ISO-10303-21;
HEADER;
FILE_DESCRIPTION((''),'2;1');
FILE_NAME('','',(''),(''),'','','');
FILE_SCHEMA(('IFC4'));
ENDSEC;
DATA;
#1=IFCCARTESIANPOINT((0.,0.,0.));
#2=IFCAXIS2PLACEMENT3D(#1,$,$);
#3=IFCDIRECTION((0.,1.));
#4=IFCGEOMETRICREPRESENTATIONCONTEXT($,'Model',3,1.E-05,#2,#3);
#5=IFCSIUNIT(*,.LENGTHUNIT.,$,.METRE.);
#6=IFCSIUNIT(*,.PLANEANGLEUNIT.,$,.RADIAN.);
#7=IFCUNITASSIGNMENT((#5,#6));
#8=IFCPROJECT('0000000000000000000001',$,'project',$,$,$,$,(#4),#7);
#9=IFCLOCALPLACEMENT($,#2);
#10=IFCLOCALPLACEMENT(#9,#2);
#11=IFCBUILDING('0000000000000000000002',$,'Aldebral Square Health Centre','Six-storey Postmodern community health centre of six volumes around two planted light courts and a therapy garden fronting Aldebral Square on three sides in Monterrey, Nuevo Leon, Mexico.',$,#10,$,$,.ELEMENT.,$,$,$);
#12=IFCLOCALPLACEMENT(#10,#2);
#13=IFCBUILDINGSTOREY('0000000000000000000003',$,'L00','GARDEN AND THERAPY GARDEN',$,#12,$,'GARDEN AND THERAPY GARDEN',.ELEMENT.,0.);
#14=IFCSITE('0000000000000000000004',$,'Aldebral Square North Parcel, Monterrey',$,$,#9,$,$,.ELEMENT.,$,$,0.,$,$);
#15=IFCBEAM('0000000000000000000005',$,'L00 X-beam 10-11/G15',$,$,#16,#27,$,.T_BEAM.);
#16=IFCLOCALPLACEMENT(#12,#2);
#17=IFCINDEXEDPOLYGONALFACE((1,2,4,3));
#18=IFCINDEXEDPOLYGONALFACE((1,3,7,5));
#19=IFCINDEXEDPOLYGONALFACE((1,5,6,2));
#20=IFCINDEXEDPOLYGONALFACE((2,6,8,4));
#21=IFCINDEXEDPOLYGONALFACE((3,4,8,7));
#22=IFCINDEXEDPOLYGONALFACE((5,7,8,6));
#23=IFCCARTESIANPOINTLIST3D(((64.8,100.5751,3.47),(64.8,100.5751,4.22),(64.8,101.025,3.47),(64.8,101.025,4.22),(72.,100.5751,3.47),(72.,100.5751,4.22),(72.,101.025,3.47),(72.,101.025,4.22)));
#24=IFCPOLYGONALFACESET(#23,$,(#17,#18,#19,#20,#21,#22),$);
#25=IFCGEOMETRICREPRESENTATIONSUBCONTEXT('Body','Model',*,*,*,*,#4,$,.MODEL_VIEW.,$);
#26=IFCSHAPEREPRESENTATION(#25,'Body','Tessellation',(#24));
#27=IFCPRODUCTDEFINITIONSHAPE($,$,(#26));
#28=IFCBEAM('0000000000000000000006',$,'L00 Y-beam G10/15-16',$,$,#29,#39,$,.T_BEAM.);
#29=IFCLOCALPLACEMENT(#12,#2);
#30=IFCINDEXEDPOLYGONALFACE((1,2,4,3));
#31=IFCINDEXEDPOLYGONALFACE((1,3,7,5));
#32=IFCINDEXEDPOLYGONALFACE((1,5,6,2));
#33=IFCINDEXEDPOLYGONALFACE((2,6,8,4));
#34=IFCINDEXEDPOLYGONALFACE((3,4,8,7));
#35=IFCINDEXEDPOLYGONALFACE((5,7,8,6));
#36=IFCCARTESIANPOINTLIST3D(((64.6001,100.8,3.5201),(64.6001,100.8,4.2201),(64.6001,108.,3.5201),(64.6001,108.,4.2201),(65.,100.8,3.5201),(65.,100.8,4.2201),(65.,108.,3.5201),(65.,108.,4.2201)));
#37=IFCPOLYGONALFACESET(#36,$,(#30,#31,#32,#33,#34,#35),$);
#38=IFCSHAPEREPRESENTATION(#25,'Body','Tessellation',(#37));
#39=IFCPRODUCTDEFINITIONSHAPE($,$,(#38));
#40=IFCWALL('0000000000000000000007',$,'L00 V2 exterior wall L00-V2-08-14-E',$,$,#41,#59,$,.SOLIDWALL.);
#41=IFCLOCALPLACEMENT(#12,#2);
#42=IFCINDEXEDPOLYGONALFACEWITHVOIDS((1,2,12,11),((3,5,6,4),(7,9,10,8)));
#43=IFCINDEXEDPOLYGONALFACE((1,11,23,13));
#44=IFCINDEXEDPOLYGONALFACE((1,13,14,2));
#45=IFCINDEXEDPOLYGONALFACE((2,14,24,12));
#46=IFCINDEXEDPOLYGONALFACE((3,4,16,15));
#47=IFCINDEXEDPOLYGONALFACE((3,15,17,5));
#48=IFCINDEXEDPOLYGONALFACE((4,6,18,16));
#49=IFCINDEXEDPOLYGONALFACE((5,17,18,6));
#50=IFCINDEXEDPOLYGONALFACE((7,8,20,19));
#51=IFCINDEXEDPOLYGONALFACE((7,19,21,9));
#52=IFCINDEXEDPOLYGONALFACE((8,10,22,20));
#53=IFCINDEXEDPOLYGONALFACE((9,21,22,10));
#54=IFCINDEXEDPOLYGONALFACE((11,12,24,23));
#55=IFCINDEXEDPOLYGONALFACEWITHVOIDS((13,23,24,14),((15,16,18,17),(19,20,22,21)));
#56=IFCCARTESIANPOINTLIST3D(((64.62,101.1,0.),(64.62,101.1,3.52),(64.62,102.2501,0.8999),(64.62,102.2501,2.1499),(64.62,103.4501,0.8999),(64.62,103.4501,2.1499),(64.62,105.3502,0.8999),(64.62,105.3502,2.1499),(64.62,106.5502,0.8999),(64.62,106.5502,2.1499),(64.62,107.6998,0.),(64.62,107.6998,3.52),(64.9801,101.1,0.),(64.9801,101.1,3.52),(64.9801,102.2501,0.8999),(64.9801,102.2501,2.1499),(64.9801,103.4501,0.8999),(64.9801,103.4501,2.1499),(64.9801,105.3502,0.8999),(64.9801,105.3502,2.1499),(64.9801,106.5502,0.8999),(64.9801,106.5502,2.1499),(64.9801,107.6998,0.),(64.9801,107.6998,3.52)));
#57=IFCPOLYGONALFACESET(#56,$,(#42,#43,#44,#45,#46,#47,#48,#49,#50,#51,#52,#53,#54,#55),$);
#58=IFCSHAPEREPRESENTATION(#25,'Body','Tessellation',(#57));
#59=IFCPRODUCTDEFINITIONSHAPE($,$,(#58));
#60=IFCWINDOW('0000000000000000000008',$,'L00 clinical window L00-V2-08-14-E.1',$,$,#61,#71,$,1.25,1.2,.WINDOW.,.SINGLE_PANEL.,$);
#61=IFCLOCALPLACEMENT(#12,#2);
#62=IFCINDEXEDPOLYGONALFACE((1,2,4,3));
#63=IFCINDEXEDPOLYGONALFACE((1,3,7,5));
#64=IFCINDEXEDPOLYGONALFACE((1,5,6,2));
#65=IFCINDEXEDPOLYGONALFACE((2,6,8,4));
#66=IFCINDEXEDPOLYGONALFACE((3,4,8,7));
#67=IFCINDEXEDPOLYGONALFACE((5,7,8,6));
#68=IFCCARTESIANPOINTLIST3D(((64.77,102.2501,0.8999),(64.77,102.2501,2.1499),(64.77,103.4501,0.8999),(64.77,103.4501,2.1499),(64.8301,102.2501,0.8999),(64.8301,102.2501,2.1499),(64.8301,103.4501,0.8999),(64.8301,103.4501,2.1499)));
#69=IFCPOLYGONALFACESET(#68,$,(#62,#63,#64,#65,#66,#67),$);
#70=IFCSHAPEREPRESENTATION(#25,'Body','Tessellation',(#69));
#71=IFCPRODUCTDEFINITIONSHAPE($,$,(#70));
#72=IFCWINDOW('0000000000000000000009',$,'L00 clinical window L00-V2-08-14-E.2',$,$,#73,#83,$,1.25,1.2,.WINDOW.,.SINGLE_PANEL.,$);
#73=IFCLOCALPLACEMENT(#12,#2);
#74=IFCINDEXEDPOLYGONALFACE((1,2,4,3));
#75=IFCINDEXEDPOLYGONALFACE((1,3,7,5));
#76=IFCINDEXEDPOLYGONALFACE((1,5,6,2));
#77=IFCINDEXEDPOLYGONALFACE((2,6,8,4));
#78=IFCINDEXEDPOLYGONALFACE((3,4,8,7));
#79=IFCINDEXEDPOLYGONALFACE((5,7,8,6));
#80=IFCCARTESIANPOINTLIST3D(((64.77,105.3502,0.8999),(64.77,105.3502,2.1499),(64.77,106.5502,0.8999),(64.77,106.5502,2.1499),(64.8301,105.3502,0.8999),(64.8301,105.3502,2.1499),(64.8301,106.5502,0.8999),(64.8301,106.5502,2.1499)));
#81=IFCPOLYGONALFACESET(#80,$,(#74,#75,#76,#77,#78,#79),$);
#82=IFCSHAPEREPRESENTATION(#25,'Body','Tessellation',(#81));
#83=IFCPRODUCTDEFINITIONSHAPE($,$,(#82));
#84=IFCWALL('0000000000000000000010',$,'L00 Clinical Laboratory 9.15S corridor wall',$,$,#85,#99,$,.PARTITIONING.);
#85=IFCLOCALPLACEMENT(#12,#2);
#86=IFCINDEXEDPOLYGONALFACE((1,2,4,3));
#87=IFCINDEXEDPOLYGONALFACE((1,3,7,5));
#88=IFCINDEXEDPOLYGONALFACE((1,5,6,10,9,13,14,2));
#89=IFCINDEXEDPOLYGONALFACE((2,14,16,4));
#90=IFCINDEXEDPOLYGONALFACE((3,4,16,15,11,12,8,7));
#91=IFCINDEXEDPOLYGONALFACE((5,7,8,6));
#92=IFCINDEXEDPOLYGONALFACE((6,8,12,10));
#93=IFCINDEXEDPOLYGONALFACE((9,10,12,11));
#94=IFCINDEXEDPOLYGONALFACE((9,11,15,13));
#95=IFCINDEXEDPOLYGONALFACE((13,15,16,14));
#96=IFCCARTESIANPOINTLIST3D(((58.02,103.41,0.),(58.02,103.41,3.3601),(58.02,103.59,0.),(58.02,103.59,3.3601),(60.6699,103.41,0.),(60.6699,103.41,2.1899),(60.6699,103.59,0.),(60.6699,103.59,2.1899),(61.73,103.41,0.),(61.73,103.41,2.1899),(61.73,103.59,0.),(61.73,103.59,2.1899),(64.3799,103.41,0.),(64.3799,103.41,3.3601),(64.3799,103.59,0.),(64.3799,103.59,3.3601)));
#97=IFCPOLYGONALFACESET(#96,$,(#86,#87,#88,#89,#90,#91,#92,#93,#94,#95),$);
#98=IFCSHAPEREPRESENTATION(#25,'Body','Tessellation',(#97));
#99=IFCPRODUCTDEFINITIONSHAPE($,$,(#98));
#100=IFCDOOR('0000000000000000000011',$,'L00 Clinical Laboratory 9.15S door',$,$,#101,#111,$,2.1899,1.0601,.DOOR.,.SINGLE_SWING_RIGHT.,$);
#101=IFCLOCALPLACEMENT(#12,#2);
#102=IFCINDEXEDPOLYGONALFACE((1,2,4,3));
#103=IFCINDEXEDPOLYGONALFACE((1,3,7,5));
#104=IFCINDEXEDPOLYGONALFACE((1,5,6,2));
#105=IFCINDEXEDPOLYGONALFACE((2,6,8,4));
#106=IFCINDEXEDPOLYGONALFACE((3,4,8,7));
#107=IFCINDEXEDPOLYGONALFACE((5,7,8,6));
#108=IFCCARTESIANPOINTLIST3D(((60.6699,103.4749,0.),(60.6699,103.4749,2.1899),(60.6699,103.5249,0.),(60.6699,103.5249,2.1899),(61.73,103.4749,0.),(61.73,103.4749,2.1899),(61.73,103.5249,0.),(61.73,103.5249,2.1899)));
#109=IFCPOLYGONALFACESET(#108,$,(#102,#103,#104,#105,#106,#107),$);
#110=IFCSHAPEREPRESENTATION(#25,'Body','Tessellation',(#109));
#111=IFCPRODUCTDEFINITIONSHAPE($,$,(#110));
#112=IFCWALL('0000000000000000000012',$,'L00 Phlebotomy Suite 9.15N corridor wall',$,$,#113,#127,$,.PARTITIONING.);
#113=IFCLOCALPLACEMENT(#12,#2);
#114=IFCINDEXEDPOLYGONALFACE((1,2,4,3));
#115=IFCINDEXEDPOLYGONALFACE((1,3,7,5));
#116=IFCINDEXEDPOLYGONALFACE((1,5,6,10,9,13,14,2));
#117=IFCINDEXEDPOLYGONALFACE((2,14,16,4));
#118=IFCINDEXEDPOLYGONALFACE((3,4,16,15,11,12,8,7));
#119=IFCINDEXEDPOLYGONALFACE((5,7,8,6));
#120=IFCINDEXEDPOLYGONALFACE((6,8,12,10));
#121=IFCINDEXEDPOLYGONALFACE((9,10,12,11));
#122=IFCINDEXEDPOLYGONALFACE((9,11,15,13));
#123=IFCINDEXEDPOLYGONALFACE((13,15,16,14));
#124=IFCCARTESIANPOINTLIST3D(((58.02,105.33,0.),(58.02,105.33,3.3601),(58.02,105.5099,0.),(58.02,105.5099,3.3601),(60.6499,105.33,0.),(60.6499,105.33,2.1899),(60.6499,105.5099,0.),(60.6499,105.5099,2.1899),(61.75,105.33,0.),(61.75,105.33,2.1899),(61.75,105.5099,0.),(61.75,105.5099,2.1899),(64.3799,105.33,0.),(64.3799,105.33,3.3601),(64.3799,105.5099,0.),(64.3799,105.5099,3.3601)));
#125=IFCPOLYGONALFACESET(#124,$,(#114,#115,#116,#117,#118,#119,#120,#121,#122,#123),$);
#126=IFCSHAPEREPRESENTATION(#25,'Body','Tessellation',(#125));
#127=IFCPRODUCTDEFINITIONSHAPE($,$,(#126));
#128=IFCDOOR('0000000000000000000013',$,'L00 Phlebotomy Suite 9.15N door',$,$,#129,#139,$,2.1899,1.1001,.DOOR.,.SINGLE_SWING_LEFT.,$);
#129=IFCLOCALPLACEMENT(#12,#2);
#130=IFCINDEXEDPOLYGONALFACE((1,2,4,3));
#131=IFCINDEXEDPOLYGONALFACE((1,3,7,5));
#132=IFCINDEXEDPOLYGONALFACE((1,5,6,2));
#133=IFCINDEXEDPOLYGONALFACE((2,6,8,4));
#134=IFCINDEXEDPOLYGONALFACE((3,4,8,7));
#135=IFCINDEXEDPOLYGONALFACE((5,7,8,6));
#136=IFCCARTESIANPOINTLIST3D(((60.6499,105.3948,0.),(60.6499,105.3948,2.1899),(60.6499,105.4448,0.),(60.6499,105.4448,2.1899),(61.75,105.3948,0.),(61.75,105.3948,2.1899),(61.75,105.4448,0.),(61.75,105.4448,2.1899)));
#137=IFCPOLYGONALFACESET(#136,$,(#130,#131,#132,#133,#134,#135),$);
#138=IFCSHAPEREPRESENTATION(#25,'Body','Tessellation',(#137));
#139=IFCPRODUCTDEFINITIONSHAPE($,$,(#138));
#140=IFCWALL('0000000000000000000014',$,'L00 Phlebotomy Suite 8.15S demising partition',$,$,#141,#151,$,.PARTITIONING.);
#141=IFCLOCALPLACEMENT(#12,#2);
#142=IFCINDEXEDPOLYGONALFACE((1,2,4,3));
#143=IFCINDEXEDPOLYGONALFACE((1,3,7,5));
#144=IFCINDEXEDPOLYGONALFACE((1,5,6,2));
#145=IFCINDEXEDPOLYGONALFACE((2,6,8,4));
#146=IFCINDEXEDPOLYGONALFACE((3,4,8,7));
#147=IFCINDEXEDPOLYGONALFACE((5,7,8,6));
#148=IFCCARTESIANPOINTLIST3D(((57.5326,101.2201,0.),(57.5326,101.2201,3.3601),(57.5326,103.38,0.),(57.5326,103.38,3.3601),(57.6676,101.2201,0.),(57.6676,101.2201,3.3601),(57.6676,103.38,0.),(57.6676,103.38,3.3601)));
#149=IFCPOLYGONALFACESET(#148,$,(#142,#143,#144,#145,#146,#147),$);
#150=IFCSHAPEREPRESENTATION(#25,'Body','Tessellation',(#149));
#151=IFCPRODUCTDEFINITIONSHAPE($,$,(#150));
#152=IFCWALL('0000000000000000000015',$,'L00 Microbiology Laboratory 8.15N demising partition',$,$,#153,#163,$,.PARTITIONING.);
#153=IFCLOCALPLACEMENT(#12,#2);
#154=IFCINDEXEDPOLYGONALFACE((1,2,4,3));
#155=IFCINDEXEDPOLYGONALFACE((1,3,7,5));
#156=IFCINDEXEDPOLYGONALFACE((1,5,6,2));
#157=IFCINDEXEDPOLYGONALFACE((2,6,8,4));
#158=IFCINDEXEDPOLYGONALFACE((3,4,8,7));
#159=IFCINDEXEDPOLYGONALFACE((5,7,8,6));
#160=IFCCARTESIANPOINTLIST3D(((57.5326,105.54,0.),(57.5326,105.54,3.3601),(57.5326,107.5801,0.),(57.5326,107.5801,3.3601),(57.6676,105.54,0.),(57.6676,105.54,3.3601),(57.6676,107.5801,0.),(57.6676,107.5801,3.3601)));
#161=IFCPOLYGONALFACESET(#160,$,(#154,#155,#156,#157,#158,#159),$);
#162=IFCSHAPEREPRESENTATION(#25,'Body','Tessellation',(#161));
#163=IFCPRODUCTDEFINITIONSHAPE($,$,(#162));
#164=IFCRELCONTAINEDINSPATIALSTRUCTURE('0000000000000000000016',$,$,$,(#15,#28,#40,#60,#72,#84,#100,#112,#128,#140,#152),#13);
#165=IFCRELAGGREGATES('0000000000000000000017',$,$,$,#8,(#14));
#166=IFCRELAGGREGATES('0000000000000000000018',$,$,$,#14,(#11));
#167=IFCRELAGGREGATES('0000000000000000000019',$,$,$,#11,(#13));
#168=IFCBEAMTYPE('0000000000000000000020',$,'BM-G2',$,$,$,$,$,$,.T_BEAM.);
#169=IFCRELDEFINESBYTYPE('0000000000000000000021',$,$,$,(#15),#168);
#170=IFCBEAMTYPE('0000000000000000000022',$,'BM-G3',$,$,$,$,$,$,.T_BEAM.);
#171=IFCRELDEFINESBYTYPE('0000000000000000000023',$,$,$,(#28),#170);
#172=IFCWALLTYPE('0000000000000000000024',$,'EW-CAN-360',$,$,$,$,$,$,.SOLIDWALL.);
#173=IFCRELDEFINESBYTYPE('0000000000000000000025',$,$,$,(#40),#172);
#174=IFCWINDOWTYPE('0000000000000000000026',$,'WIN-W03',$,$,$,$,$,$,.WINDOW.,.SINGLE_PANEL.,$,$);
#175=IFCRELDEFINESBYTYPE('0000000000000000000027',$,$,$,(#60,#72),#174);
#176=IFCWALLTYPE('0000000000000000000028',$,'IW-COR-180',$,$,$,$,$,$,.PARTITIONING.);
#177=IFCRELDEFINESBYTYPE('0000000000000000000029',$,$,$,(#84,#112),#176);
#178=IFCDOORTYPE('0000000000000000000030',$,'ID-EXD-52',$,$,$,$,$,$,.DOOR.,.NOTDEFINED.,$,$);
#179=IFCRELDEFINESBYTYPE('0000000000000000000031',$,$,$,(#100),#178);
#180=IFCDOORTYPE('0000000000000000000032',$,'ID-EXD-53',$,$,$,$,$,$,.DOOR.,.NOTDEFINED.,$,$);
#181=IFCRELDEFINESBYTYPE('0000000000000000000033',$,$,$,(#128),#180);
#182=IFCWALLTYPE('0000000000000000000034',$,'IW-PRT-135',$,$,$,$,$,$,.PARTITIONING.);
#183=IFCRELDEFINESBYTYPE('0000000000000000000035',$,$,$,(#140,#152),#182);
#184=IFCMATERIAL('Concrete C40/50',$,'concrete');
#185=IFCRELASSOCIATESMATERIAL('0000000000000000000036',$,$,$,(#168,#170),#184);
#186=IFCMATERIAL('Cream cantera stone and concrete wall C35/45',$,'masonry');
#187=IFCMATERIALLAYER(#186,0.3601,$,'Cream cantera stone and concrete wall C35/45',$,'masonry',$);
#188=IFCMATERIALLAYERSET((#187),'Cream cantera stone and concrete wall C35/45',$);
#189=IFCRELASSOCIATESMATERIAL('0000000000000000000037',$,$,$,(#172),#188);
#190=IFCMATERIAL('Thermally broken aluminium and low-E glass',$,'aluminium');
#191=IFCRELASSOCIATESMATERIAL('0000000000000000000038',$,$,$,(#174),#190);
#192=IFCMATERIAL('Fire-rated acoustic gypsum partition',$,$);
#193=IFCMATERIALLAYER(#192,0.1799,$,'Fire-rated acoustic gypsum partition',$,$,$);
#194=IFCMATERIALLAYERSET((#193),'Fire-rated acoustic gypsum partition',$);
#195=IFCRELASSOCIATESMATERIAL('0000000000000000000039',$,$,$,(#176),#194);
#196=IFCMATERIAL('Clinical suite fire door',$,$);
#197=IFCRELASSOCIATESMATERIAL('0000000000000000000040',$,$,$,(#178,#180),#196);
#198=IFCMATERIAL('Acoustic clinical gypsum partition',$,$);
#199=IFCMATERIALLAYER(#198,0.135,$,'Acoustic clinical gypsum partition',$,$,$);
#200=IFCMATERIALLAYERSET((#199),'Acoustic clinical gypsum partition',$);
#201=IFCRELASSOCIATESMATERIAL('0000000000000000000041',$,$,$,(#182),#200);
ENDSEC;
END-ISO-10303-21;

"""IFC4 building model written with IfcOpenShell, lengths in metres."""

from ifc_helpers import new_model, si_unit, direction, frame, frame_2d, origin, origin_2d, place, context, subcontext, project, spatial, rectangle, extrude, material, layer, layer_set, material_profile, profile_set, type_object, element, fill, save


model = new_model("IFC4")

# Units and contexts
model_context = context("Model", 3, precision=1e-05, world=origin(), true_north=direction((0.0, 1.0)))
body_context = subcontext(model_context, "Body", "Model", "MODEL_VIEW")
ifc_project = project(units=[si_unit("LENGTHUNIT", "METRE"), si_unit("PLANEANGLEUNIT", "RADIAN")], contexts=[model_context])

# Site, building, storey
site_placement = place(None, origin())
site = spatial("IfcSite", under=ifc_project, at=site_placement, Name="Aldebral Square North Parcel, Monterrey", CompositionType="ELEMENT", RefElevation=0.0)
building_placement = place(site_placement, origin())
building = spatial("IfcBuilding", under=site, at=building_placement, Name="Aldebral Square Health Centre", Description="Six-storey Postmodern community health centre of six volumes around two planted light courts and a therapy garden fronting Aldebral Square on three sides in Monterrey, Nuevo Leon, Mexico.", CompositionType="ELEMENT")
storey_placement = place(building_placement, origin())
storey = spatial("IfcBuildingStorey", under=building, at=storey_placement, Name="L00", Description="GARDEN AND THERAPY GARDEN", LongName="GARDEN AND THERAPY GARDEN", CompositionType="ELEMENT", Elevation=0.0)

# Shared definitions
ifc_material_1 = material(Name="Concrete C40/50", Category="concrete")

# Beams
ifc_material_profile_1 = material_profile(ifc_material_1, rectangle(XDim=0.45, YDim=0.75, at=origin_2d()), Name="RC 450x750")
ifc_profile_set_1 = profile_set([ifc_material_profile_1], Name="Concrete C40/50")
beam_type_1 = type_object("IfcBeamType", Name="BM-G2", PredefinedType="T_BEAM", material=ifc_profile_set_1)
beam_1_placement = place(storey_placement, frame((64.8, 100.8, 3.845), z_axis=(1.0, 0.0, 0.0), x_axis=(0.0, 1.0, 0.0)))
element("IfcBeam", 1, at=beam_1_placement, inside=storey, type_object=beam_type_1, Name="L00 X-beam 10-11/G15", PredefinedType="T_BEAM", context=body_context, shape_type="SweptSolid", body=[
    extrude(rectangle(XDim=0.45, YDim=0.75, at=origin_2d()), origin(), (0.0, 0.0, 1.0), 7.2),
])
ifc_material_profile_2 = material_profile(ifc_material_1, rectangle(XDim=0.3999, YDim=0.7, at=origin_2d()), Name="RC 400x700")
ifc_profile_set_2 = profile_set([ifc_material_profile_2], Name="Concrete C40/50")
beam_type_2 = type_object("IfcBeamType", Name="BM-G3", PredefinedType="T_BEAM", material=ifc_profile_set_2)
beam_2_placement = place(storey_placement, frame((64.8, 100.8, 3.8701), z_axis=(0.0, 1.0, 0.0), x_axis=(-1.0, 0.0, 0.0)))
element("IfcBeam", 2, at=beam_2_placement, inside=storey, type_object=beam_type_2, Name="L00 Y-beam G10/15-16", PredefinedType="T_BEAM", context=body_context, shape_type="SweptSolid", body=[
    extrude(rectangle(XDim=0.3999, YDim=0.7, at=origin_2d()), origin(), (0.0, 0.0, 1.0), 7.2),
])

# Wall, openings, windows
ifc_material_2 = material(Name="Cream cantera stone and concrete wall C35/45", Category="masonry")
ifc_layer_1 = layer(ifc_material_2, 0.3601, Name="Cream cantera stone and concrete wall C35/45", Category="masonry")
ifc_layer_set_1 = layer_set([ifc_layer_1], Name="Cream cantera stone and concrete wall C35/45")
wall_type_1 = type_object("IfcWallType", Name="EW-CAN-360", PredefinedType="SOLIDWALL", material=ifc_layer_set_1)
wall_1_placement = place(storey_placement, frame((64.8, 101.1001, 0.0), z_axis=(0.0, 0.0, 1.0), x_axis=(0.0, 1.0, 0.0)))
wall_1 = element("IfcWall", 3, at=wall_1_placement, inside=storey, type_object=wall_type_1, Name="L00 V2 exterior wall L00-V2-08-14-E", PredefinedType="SOLIDWALL", context=body_context, shape_type="SweptSolid", body=[
    extrude(rectangle(XDim=6.5999, YDim=0.3601, at=frame_2d((3.2998, 0.0))), origin(), (0.0, 0.0, 1.0), 3.52),
])
opening_1_placement = place(wall_1_placement, frame((1.1499, 0.0, 0.8999)))
opening_1 = element("IfcOpeningElement", 4, at=opening_1_placement, cuts=wall_1, PredefinedType="OPENING", context=body_context, shape_type="SweptSolid", body=[
    extrude(rectangle(XDim=1.2, YDim=1.25, at=frame_2d((0.6001, 0.625))), frame((0.0, 0.1899, 0.0), z_axis=(0.0, -1.0, 0.0), x_axis=(1.0, 0.0, 0.0)), (0.0, 0.0, 1.0), 0.3801),
])
opening_2_placement = place(wall_1_placement, frame((4.25, 0.0, 0.8999)))
opening_2 = element("IfcOpeningElement", 5, at=opening_2_placement, cuts=wall_1, PredefinedType="OPENING", context=body_context, shape_type="SweptSolid", body=[
    extrude(rectangle(XDim=1.2, YDim=1.25, at=frame_2d((0.6001, 0.625))), frame((0.0, 0.1899, 0.0), z_axis=(0.0, -1.0, 0.0), x_axis=(1.0, 0.0, 0.0)), (0.0, 0.0, 1.0), 0.3801),
])
ifc_material_3 = material(Name="Thermally broken aluminium and low-E glass", Category="aluminium")
window_type = type_object("IfcWindowType", Name="WIN-W03", PartitioningType="SINGLE_PANEL", PredefinedType="WINDOW", material=ifc_material_3)
window_1_placement = place(opening_1_placement, origin())
window_1 = element("IfcWindow", 6, at=window_1_placement, inside=storey, type_object=window_type, Name="L00 clinical window L00-V2-08-14-E.1", OverallHeight=1.25, OverallWidth=1.2, PartitioningType="SINGLE_PANEL", PredefinedType="WINDOW", context=body_context, shape_type="SweptSolid", body=[
    extrude(rectangle(XDim=1.2, YDim=1.25, at=frame_2d((0.6001, 0.625))), frame((0.0, 0.03, 0.0), z_axis=(0.0, -1.0, 0.0), x_axis=(1.0, 0.0, 0.0)), (0.0, 0.0, 1.0), 0.0601),
])
fill(opening_1, window_1)
window_2_placement = place(opening_2_placement, origin())
window_2 = element("IfcWindow", 7, at=window_2_placement, inside=storey, type_object=window_type, Name="L00 clinical window L00-V2-08-14-E.2", OverallHeight=1.25, OverallWidth=1.2, PartitioningType="SINGLE_PANEL", PredefinedType="WINDOW", context=body_context, shape_type="SweptSolid", body=[
    extrude(rectangle(XDim=1.2, YDim=1.25, at=frame_2d((0.6001, 0.625))), frame((0.0, 0.03, 0.0), z_axis=(0.0, -1.0, 0.0), x_axis=(1.0, 0.0, 0.0)), (0.0, 0.0, 1.0), 0.0601),
])
fill(opening_2, window_2)

# Walls, openings, doors
ifc_material_4 = material(Name="Fire-rated acoustic gypsum partition")
ifc_layer_2 = layer(ifc_material_4, 0.1799, Name="Fire-rated acoustic gypsum partition")
ifc_layer_set_2 = layer_set([ifc_layer_2], Name="Fire-rated acoustic gypsum partition")
wall_type_2 = type_object("IfcWallType", Name="IW-COR-180", PredefinedType="PARTITIONING", material=ifc_layer_set_2)
wall_2_placement = place(storey_placement, frame((58.02, 103.5, 0.0), z_axis=(0.0, 0.0, 1.0), x_axis=(1.0, 0.0, 0.0)))
wall_2 = element("IfcWall", 8, at=wall_2_placement, inside=storey, type_object=wall_type_2, Name="L00 Clinical Laboratory 9.15S corridor wall", PredefinedType="PARTITIONING", context=body_context, shape_type="SweptSolid", body=[
    extrude(rectangle(XDim=6.3599, YDim=0.1799, at=frame_2d((3.1799, 0.0))), origin(), (0.0, 0.0, 1.0), 3.3601),
])
opening_3_placement = place(wall_2_placement, frame((2.6499, 0.0, 0.0)))
opening_3 = element("IfcOpeningElement", 9, at=opening_3_placement, cuts=wall_2, PredefinedType="OPENING", context=body_context, shape_type="SweptSolid", body=[
    extrude(rectangle(XDim=1.0601, YDim=2.1899, at=frame_2d((0.53, 1.095))), frame((0.0, 0.1001, 0.0), z_axis=(0.0, -1.0, 0.0), x_axis=(1.0, 0.0, 0.0)), (0.0, 0.0, 1.0), 0.2),
])
ifc_material_5 = material(Name="Clinical suite fire door")
door_type_1 = type_object("IfcDoorType", Name="ID-EXD-52", OperationType="NOTDEFINED", PredefinedType="DOOR", material=ifc_material_5)
door_1_placement = place(opening_3_placement, origin())
door_1 = element("IfcDoor", 10, at=door_1_placement, inside=storey, type_object=door_type_1, Name="L00 Clinical Laboratory 9.15S door", OperationType="SINGLE_SWING_RIGHT", OverallHeight=2.1899, OverallWidth=1.0601, PredefinedType="DOOR", context=body_context, shape_type="SweptSolid", body=[
    extrude(rectangle(XDim=1.0601, YDim=2.1899, at=frame_2d((0.53, 1.095))), frame((0.0, 0.0249, 0.0), z_axis=(0.0, -1.0, 0.0), x_axis=(1.0, 0.0, 0.0)), (0.0, 0.0, 1.0), 0.05),
])
fill(opening_3, door_1)
wall_3_placement = place(storey_placement, frame((58.02, 105.4199, 0.0), z_axis=(0.0, 0.0, 1.0), x_axis=(1.0, 0.0, 0.0)))
wall_3 = element("IfcWall", 11, at=wall_3_placement, inside=storey, type_object=wall_type_2, Name="L00 Phlebotomy Suite 9.15N corridor wall", PredefinedType="PARTITIONING", context=body_context, shape_type="SweptSolid", body=[
    extrude(rectangle(XDim=6.3599, YDim=0.1799, at=frame_2d((3.1799, 0.0))), origin(), (0.0, 0.0, 1.0), 3.3601),
])
opening_4_placement = place(wall_3_placement, frame((2.6299, 0.0, 0.0)))
opening_4 = element("IfcOpeningElement", 12, at=opening_4_placement, cuts=wall_3, PredefinedType="OPENING", context=body_context, shape_type="SweptSolid", body=[
    extrude(rectangle(XDim=1.1001, YDim=2.1899, at=frame_2d((0.55, 1.095))), frame((0.0, 0.1001, 0.0), z_axis=(0.0, -1.0, 0.0), x_axis=(1.0, 0.0, 0.0)), (0.0, 0.0, 1.0), 0.2),
])
door_type_2 = type_object("IfcDoorType", Name="ID-EXD-53", OperationType="NOTDEFINED", PredefinedType="DOOR", material=ifc_material_5)
door_2_placement = place(opening_4_placement, origin())
door_2 = element("IfcDoor", 13, at=door_2_placement, inside=storey, type_object=door_type_2, Name="L00 Phlebotomy Suite 9.15N door", OperationType="SINGLE_SWING_LEFT", OverallHeight=2.1899, OverallWidth=1.1001, PredefinedType="DOOR", context=body_context, shape_type="SweptSolid", body=[
    extrude(rectangle(XDim=1.1001, YDim=2.1899, at=frame_2d((0.55, 1.095))), frame((0.0, 0.0249, 0.0), z_axis=(0.0, -1.0, 0.0), x_axis=(1.0, 0.0, 0.0)), (0.0, 0.0, 1.0), 0.05),
])
fill(opening_4, door_2)

# Walls
ifc_material_6 = material(Name="Acoustic clinical gypsum partition")
ifc_layer_3 = layer(ifc_material_6, 0.135, Name="Acoustic clinical gypsum partition")
ifc_layer_set_3 = layer_set([ifc_layer_3], Name="Acoustic clinical gypsum partition")
wall_type_3 = type_object("IfcWallType", Name="IW-PRT-135", PredefinedType="PARTITIONING", material=ifc_layer_set_3)
wall_4_placement = place(storey_placement, frame((57.6001, 101.22, 0.0), z_axis=(0.0, 0.0, 1.0), x_axis=(0.0, 1.0, 0.0)))
element("IfcWall", 14, at=wall_4_placement, inside=storey, type_object=wall_type_3, Name="L00 Phlebotomy Suite 8.15S demising partition", PredefinedType="PARTITIONING", context=body_context, shape_type="SweptSolid", body=[
    extrude(rectangle(XDim=2.1599, YDim=0.135, at=frame_2d((1.0801, 0.0))), origin(), (0.0, 0.0, 1.0), 3.3601),
])
wall_5_placement = place(storey_placement, frame((57.6001, 105.54, 0.0), z_axis=(0.0, 0.0, 1.0), x_axis=(0.0, 1.0, 0.0)))
element("IfcWall", 15, at=wall_5_placement, inside=storey, type_object=wall_type_3, Name="L00 Microbiology Laboratory 8.15N demising partition", PredefinedType="PARTITIONING", context=body_context, shape_type="SweptSolid", body=[
    extrude(rectangle(XDim=2.04, YDim=0.135, at=frame_2d((1.02, 0.0))), origin(), (0.0, 0.0, 1.0), 3.3601),
])

save(model, "model.ifc")
